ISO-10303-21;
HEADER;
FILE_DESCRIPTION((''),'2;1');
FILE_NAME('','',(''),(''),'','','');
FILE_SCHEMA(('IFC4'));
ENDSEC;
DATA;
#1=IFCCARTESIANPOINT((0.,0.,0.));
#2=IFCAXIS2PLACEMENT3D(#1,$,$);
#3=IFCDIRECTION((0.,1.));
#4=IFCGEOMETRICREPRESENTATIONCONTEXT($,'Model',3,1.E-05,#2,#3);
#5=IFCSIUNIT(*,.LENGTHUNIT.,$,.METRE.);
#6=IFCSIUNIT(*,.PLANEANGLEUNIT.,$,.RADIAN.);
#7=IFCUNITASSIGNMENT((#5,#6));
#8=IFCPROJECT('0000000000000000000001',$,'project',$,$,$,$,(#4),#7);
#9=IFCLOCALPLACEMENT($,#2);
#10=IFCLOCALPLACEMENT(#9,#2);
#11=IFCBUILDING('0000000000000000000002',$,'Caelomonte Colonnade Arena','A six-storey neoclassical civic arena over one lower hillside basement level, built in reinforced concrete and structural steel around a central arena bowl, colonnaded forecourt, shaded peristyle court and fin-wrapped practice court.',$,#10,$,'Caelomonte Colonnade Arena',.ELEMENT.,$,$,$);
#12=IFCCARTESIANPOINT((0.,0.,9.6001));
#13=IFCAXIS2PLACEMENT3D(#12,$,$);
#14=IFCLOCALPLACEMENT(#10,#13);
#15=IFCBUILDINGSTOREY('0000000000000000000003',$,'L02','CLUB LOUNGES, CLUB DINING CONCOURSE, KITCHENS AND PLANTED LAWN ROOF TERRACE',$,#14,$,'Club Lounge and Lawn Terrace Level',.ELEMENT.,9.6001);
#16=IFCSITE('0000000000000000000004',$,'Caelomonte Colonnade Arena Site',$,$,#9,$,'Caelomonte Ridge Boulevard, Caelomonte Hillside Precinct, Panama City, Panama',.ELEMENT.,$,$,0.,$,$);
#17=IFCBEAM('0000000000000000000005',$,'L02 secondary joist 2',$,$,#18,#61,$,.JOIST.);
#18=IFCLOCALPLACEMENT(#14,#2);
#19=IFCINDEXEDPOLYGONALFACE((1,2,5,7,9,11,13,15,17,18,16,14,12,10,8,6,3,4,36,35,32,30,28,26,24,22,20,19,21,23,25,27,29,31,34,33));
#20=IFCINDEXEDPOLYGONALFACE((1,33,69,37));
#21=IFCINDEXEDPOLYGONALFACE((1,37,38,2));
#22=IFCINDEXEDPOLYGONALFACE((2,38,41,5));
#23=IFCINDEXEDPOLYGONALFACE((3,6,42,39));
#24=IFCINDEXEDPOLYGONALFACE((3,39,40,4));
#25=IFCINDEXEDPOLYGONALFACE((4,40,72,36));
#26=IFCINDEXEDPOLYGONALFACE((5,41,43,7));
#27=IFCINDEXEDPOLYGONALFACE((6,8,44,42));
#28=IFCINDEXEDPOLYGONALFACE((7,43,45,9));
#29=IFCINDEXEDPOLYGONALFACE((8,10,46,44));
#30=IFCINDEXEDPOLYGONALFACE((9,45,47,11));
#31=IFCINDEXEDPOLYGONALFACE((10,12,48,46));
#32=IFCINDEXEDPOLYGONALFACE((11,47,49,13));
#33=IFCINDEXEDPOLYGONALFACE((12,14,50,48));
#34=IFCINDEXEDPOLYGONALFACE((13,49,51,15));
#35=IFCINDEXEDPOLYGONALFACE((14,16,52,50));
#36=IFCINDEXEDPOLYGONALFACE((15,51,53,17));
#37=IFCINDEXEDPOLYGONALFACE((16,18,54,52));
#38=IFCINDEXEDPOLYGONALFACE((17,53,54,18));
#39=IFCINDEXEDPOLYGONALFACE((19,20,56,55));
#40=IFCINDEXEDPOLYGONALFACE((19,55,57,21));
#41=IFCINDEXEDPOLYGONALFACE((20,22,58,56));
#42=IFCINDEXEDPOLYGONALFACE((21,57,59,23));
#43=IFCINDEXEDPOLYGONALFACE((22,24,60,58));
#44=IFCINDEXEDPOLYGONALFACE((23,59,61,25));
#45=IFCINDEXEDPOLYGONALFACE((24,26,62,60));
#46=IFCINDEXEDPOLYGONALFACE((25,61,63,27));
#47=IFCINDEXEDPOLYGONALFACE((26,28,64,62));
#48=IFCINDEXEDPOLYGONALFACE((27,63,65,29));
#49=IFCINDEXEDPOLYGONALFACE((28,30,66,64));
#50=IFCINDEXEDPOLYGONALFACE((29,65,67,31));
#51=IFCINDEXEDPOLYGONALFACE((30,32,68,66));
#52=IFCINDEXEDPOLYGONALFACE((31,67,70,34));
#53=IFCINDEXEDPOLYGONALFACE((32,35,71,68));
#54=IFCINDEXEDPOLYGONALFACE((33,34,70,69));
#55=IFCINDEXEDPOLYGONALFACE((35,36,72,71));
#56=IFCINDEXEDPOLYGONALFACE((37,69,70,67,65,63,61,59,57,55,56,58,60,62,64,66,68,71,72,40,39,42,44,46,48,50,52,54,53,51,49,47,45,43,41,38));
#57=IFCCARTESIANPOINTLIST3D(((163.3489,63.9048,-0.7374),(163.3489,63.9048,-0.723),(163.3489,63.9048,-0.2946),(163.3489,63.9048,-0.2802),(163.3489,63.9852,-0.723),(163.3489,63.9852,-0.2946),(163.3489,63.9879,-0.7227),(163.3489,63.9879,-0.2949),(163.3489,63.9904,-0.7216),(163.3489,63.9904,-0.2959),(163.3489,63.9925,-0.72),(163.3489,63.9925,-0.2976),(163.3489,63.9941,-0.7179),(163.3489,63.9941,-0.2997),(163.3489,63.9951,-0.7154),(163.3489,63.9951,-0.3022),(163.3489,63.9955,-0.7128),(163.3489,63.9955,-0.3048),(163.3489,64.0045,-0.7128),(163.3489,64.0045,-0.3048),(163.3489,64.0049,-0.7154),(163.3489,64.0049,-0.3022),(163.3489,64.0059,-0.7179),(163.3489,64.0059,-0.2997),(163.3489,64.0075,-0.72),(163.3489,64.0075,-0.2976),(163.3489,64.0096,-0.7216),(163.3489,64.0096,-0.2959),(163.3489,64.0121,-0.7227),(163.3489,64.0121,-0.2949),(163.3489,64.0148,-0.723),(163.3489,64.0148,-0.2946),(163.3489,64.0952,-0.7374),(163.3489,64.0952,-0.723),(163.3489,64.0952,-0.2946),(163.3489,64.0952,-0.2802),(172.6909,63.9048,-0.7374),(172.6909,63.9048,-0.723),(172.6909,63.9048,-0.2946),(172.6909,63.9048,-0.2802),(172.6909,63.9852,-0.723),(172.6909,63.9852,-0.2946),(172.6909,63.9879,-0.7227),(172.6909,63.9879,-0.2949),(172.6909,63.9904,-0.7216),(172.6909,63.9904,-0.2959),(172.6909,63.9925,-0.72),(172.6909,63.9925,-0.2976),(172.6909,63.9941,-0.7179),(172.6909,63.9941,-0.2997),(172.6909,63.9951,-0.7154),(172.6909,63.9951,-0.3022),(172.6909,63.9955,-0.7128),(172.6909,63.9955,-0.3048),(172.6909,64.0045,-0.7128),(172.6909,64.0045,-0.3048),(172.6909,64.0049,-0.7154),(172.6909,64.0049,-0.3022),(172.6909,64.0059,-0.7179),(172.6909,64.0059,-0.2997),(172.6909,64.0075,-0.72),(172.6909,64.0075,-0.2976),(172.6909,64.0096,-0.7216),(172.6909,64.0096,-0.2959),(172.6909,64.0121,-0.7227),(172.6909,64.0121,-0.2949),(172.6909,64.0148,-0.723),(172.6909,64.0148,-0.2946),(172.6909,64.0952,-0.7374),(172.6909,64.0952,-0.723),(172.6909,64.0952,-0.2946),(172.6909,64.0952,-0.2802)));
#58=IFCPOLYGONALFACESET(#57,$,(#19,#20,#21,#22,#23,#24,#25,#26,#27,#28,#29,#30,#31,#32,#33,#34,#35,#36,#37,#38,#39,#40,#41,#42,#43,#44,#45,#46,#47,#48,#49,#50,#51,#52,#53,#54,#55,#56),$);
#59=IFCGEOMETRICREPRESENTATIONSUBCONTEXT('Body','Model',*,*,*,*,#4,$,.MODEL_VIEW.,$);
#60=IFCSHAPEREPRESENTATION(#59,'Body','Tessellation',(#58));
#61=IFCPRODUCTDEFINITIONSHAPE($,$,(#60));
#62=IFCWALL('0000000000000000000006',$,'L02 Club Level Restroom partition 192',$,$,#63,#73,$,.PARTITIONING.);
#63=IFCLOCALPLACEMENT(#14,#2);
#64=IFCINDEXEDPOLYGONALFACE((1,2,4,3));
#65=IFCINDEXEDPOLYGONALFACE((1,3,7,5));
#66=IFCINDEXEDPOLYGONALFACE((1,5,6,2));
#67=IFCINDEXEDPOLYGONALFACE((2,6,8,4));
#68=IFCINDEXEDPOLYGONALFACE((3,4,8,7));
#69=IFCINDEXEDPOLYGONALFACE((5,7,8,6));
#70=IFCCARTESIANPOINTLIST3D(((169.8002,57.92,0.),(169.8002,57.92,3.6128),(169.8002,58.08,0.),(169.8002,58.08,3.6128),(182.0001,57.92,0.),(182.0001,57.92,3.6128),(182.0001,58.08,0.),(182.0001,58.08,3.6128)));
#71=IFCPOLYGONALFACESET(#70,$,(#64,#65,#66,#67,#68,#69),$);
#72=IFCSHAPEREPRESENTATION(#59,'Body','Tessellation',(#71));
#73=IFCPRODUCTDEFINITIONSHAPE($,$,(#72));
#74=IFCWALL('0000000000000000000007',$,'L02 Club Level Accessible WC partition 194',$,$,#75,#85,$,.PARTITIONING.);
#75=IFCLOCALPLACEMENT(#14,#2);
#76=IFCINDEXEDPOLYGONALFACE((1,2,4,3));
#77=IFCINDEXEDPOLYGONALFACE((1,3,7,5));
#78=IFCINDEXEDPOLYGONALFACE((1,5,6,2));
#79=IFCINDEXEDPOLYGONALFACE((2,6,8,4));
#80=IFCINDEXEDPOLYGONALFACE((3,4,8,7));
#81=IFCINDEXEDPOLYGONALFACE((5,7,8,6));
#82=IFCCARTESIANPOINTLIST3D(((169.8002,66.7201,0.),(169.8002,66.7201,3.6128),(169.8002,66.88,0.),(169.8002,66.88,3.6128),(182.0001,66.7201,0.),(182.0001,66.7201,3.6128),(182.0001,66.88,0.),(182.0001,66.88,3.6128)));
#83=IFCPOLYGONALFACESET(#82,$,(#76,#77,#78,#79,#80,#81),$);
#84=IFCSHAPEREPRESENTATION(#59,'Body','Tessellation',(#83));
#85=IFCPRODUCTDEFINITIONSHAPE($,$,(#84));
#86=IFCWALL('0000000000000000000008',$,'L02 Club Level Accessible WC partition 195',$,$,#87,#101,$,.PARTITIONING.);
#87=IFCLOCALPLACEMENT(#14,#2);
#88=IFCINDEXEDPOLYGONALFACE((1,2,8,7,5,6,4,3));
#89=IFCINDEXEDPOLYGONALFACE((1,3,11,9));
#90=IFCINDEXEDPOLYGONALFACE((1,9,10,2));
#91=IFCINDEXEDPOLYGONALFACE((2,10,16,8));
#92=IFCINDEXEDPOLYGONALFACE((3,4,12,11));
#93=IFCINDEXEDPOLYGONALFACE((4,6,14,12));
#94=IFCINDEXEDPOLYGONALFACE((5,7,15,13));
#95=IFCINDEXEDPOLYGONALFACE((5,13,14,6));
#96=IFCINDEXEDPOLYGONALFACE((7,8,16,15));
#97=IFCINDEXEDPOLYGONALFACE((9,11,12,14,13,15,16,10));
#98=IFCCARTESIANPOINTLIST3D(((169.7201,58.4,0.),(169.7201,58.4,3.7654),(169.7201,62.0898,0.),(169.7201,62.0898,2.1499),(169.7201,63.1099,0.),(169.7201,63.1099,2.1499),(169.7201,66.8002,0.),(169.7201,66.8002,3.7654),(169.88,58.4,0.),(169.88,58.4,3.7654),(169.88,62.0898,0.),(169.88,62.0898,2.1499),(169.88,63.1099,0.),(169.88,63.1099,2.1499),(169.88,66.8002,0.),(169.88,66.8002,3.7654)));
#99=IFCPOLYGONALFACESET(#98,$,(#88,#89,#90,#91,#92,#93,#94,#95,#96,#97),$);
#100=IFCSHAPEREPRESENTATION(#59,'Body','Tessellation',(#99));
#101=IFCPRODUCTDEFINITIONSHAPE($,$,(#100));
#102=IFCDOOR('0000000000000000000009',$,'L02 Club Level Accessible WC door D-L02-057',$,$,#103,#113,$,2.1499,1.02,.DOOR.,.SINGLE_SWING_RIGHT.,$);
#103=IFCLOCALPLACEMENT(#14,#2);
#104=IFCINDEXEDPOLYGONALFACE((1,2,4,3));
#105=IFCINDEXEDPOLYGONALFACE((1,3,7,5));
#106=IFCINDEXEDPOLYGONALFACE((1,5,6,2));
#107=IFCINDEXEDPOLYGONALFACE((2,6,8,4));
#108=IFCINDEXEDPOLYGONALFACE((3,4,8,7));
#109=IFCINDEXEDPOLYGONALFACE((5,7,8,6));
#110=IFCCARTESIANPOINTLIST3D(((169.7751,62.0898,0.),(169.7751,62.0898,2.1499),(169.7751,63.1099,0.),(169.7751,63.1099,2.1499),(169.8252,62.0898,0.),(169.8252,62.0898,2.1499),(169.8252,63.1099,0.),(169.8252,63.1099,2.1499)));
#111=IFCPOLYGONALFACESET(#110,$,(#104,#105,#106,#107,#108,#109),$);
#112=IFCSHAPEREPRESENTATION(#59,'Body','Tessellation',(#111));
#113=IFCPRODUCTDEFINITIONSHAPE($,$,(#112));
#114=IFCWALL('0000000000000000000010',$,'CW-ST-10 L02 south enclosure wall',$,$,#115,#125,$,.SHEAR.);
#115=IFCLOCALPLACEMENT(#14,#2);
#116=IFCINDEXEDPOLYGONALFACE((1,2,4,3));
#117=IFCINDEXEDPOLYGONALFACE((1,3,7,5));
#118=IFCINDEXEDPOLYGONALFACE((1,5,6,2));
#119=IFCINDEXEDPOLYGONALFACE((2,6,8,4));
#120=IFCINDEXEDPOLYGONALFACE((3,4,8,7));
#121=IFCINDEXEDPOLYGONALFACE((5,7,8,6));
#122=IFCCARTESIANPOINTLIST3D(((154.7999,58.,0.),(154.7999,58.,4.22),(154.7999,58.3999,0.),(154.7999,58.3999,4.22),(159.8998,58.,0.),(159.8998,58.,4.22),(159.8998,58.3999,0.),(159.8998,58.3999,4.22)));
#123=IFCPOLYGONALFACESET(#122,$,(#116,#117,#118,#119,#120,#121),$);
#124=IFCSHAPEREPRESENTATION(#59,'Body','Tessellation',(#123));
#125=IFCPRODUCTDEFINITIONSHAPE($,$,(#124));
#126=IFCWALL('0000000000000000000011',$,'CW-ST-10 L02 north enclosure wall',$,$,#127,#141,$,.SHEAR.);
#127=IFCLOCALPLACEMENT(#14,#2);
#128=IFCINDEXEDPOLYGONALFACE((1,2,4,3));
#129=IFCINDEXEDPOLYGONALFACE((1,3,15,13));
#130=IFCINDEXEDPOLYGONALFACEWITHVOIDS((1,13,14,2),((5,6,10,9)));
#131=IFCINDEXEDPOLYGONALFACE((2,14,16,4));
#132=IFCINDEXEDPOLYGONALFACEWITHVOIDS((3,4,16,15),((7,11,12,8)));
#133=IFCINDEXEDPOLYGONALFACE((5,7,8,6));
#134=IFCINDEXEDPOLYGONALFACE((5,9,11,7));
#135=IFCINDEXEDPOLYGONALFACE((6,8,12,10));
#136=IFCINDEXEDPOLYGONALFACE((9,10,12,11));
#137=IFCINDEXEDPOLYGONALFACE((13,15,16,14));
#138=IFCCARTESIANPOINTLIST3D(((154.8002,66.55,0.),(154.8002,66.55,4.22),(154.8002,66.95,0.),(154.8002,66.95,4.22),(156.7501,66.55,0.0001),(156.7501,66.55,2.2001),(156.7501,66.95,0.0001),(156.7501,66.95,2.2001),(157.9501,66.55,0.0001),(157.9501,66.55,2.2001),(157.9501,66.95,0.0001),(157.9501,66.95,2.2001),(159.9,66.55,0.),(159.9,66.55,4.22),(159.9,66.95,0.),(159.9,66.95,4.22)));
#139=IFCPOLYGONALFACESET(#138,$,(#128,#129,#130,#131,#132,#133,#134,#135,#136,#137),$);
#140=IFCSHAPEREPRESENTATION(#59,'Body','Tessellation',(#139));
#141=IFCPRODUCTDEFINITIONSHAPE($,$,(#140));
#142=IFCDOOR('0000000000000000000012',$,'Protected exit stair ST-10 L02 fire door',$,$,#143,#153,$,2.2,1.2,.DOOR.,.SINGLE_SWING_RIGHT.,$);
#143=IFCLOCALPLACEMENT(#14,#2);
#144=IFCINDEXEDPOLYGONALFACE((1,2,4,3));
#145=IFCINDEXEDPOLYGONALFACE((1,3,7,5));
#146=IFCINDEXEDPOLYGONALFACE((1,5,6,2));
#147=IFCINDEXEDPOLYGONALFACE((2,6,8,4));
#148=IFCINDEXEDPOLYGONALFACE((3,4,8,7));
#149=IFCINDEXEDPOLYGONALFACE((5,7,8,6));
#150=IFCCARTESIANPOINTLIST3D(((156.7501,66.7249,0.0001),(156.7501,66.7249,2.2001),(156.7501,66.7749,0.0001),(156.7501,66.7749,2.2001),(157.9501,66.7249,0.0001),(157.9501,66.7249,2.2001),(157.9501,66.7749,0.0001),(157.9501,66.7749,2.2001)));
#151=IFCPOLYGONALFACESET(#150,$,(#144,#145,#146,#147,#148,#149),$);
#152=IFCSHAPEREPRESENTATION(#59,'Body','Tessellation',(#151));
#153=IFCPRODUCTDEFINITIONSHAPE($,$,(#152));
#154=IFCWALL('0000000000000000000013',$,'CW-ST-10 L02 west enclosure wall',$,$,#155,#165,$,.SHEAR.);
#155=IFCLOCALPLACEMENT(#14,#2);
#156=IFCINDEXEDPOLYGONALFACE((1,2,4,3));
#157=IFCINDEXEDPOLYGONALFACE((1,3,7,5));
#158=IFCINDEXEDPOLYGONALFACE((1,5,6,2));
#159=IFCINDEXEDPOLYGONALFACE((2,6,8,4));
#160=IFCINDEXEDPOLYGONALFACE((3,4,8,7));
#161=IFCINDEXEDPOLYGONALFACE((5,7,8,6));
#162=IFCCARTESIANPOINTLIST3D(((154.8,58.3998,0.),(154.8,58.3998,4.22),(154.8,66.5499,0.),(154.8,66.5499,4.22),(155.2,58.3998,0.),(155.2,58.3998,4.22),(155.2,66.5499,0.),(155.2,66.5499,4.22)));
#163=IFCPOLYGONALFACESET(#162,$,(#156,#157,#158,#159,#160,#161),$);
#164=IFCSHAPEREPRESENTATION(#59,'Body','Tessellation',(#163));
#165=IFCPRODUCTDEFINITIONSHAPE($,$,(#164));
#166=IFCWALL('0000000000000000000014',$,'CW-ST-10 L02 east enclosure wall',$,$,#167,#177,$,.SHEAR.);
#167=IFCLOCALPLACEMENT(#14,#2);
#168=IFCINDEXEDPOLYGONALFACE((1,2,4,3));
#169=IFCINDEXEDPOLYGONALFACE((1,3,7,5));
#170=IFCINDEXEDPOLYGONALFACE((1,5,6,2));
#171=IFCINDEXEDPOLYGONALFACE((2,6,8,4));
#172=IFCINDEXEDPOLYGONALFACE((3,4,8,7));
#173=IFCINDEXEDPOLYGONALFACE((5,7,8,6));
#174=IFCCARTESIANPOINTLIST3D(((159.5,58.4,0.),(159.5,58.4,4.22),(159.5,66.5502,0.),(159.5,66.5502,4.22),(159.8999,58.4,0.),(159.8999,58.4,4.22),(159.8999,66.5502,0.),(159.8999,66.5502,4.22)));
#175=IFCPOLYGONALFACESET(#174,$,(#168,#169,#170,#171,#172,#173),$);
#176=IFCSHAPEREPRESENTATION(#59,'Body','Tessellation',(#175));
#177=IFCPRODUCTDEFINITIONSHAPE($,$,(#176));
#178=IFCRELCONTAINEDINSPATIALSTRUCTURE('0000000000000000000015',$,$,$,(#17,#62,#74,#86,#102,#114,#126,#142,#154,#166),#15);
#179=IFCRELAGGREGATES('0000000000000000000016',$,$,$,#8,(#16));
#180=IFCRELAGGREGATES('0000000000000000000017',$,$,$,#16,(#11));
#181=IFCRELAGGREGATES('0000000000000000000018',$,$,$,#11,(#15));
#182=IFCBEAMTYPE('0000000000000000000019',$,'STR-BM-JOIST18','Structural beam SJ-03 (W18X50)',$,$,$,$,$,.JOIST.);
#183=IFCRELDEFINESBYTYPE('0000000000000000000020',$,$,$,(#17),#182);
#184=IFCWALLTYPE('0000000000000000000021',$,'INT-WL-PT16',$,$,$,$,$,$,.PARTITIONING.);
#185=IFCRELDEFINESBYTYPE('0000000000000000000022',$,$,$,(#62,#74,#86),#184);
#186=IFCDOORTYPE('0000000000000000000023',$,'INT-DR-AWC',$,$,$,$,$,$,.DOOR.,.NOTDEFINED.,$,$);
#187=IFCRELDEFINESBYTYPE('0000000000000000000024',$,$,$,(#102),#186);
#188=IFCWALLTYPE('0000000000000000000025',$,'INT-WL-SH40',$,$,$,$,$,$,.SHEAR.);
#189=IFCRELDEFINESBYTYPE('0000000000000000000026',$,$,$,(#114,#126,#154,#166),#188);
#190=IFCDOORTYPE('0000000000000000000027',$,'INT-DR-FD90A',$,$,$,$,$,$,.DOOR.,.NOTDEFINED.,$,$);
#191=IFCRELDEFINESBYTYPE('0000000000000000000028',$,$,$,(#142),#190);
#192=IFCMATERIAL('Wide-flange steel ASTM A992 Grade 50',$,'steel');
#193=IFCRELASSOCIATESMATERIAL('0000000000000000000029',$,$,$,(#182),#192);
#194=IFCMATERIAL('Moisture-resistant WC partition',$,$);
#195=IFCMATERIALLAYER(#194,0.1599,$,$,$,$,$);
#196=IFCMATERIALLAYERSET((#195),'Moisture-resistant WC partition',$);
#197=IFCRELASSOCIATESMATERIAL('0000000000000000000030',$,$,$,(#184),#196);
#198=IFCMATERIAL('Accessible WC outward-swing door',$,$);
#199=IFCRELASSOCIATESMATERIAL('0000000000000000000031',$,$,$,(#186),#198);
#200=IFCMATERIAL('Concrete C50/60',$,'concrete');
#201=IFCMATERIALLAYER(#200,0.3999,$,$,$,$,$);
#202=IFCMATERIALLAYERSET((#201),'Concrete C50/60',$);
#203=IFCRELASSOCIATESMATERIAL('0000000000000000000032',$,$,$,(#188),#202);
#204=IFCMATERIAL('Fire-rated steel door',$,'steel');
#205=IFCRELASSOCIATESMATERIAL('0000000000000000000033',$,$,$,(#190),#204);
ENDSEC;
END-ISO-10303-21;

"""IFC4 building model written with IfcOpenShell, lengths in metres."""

from ifc_helpers import new_model, si_unit, direction, frame, frame_2d, origin, origin_2d, place, context, subcontext, project, spatial, rectangle, i_section, extrude, material, layer, layer_set, material_profile, profile_set, type_object, element, fill, save


model = new_model("IFC4")

# Units and contexts
model_context = context("Model", 3, precision=1e-05, world=origin(), true_north=direction((0.0, 1.0)))
body_context = subcontext(model_context, "Body", "Model", "MODEL_VIEW")
ifc_project = project(units=[si_unit("LENGTHUNIT", "METRE"), si_unit("PLANEANGLEUNIT", "RADIAN")], contexts=[model_context])

# Site, building, storey
site_placement = place(None, origin())
site = spatial("IfcSite", under=ifc_project, at=site_placement, Name="Caelomonte Colonnade Arena Site", LongName="Caelomonte Ridge Boulevard, Caelomonte Hillside Precinct, Panama City, Panama", CompositionType="ELEMENT", RefElevation=0.0)
building_placement = place(site_placement, origin())
building = spatial("IfcBuilding", under=site, at=building_placement, Name="Caelomonte Colonnade Arena", Description="A six-storey neoclassical civic arena over one lower hillside basement level, built in reinforced concrete and structural steel around a central arena bowl, colonnaded forecourt, shaded peristyle court and fin-wrapped practice court.", LongName="Caelomonte Colonnade Arena", CompositionType="ELEMENT")
storey_placement = place(building_placement, frame((0.0, 0.0, 9.6001)))
storey = spatial("IfcBuildingStorey", under=building, at=storey_placement, Name="L02", Description="CLUB LOUNGES, CLUB DINING CONCOURSE, KITCHENS AND PLANTED LAWN ROOF TERRACE", LongName="Club Lounge and Lawn Terrace Level", CompositionType="ELEMENT", Elevation=9.6001)

# Shared definitions
ifc_material_1 = material(Name="Concrete C50/60", Category="concrete")
ifc_material_2 = material(Name="Wide-flange steel ASTM A992 Grade 50", Category="steel")

# Beam
ifc_material_profile_1 = material_profile(ifc_material_2, i_section(OverallWidth=0.1904, OverallDepth=0.4573, WebThickness=0.009, FlangeThickness=0.0144, FilletRadius=0.0103, at=origin_2d()), Name="W18X50")
ifc_profile_set_1 = profile_set([ifc_material_profile_1], Name="Wide-flange steel ASTM A992 Grade 50")
beam_type_1 = type_object("IfcBeamType", Name="STR-BM-JOIST18", Description="Structural beam SJ-03 (W18X50)", PredefinedType="JOIST", material=ifc_profile_set_1)
for number, where, z_axis, x_axis, name in (
    (1, (163.3489, 64.0, -0.5088), (1.0, 0.0, 0.0), (0.0, 1.0, 0.0), "L02 secondary joist 2"),
):
    element("IfcBeam", number, at=place(storey_placement, frame(where, z_axis=z_axis, x_axis=x_axis)), inside=storey, type_object=beam_type_1, Name=name, PredefinedType="JOIST", context=body_context, shape_type="SweptSolid", body=[
        extrude(i_section(OverallWidth=0.1904, OverallDepth=0.4573, WebThickness=0.009, FlangeThickness=0.0144, FilletRadius=0.0103, at=origin_2d()), origin(), (0.0, 0.0, 1.0), 9.342),
    ])

# Walls
ifc_material_3 = material(Name="Moisture-resistant WC partition")
ifc_layer_1 = layer(ifc_material_3, 0.1599)
ifc_layer_set_1 = layer_set([ifc_layer_1], Name="Moisture-resistant WC partition")
wall_type_1 = type_object("IfcWallType", Name="INT-WL-PT16", PredefinedType="PARTITIONING", material=ifc_layer_set_1)
for number, where, z_axis, x_axis, name in (
    (2, (169.8, 58.0, 0.0), (0.0, 0.0, 1.0), (1.0, 0.0, 0.0), "L02 Club Level Restroom partition 192"),
    (3, (169.8, 66.8, 0.0), (0.0, 0.0, 1.0), (1.0, 0.0, 0.0), "L02 Club Level Accessible WC partition 194"),
):
    element("IfcWall", number, at=place(storey_placement, frame(where, z_axis=z_axis, x_axis=x_axis)), inside=storey, type_object=wall_type_1, Name=name, PredefinedType="PARTITIONING", context=body_context, shape_type="SweptSolid", body=[
        extrude(rectangle(XDim=12.2, YDim=0.1599, at=frame_2d((6.1001, 0.0))), origin(), (0.0, 0.0, 1.0), 3.6128),
    ])

# Wall, opening, door
wall_1_placement = place(storey_placement, frame((169.8, 58.3999, 0.0), z_axis=(0.0, 0.0, 1.0), x_axis=(0.0, 1.0, 0.0)))
wall_1 = element("IfcWall", 4, at=wall_1_placement, inside=storey, type_object=wall_type_1, Name="L02 Club Level Accessible WC partition 195", PredefinedType="PARTITIONING", context=body_context, shape_type="SweptSolid", body=[
    extrude(rectangle(XDim=8.4001, YDim=0.1599, at=frame_2d((4.2002, 0.0))), origin(), (0.0, 0.0, 1.0), 3.7654),
])
opening_1_placement = place(wall_1_placement, frame((3.6899, 0.0, 0.0), z_axis=(0.0, 0.0, 1.0), x_axis=(1.0, 0.0, 0.0)))
opening_1 = element("IfcOpeningElement", 5, at=opening_1_placement, cuts=wall_1, PredefinedType="OPENING", context=body_context, shape_type="SweptSolid", body=[
    extrude(rectangle(XDim=1.02, YDim=2.1499, at=frame_2d((0.51, 1.075))), frame((0.0, 0.0898, 0.0), z_axis=(0.0, -1.0, 0.0), x_axis=(1.0, 0.0, 0.0)), (0.0, 0.0, 1.0), 0.1799),
])
ifc_material_4 = material(Name="Accessible WC outward-swing door")
door_type_1 = type_object("IfcDoorType", Name="INT-DR-AWC", OperationType="NOTDEFINED", PredefinedType="DOOR", material=ifc_material_4)
door_1_placement = place(opening_1_placement, origin())
door_1 = element("IfcDoor", 6, at=door_1_placement, inside=storey, type_object=door_type_1, Name="L02 Club Level Accessible WC door D-L02-057", OperationType="SINGLE_SWING_RIGHT", OverallHeight=2.1499, OverallWidth=1.02, PredefinedType="DOOR", context=body_context, shape_type="SweptSolid", body=[
    extrude(rectangle(XDim=1.02, YDim=2.1499, at=frame_2d((0.51, 1.075))), frame((0.0, 0.0249, 0.0), z_axis=(0.0, -1.0, 0.0), x_axis=(1.0, 0.0, 0.0)), (0.0, 0.0, 1.0), 0.05),
])
fill(opening_1, door_1)

# Wall
ifc_layer_2 = layer(ifc_material_1, 0.3999)
ifc_layer_set_2 = layer_set([ifc_layer_2], Name="Concrete C50/60")
wall_type_2 = type_object("IfcWallType", Name="INT-WL-SH40", PredefinedType="SHEAR", material=ifc_layer_set_2)
wall_2_placement = place(storey_placement, frame((154.8, 58.2, 0.0), z_axis=(0.0, 0.0, 1.0), x_axis=(1.0, 0.0, 0.0)))
element("IfcWall", 7, at=wall_2_placement, inside=storey, type_object=wall_type_2, Name="CW-ST-10 L02 south enclosure wall", PredefinedType="SHEAR", context=body_context, shape_type="SweptSolid", body=[
    extrude(rectangle(XDim=5.0999, YDim=0.3999, at=frame_2d((2.5498, 0.0))), origin(), (0.0, 0.0, 1.0), 4.22),
])

# Wall, opening, door
wall_3_placement = place(storey_placement, frame((159.8999, 66.75, 0.0), z_axis=(0.0, 0.0, 1.0), x_axis=(-1.0, 0.0, 0.0)))
wall_3 = element("IfcWall", 8, at=wall_3_placement, inside=storey, type_object=wall_type_2, Name="CW-ST-10 L02 north enclosure wall", PredefinedType="SHEAR", context=body_context, shape_type="SweptSolid", body=[
    extrude(rectangle(XDim=5.0999, YDim=0.3999, at=frame_2d((2.5498, 0.0))), origin(), (0.0, 0.0, 1.0), 4.22),
])
opening_2_placement = place(wall_3_placement, frame((3.1499, 0.0, 0.0), z_axis=(0.0, 0.0, 1.0), x_axis=(-1.0, 0.0, 0.0)))
opening_2 = element("IfcOpeningElement", 9, at=opening_2_placement, cuts=wall_3, PredefinedType="OPENING", context=body_context, shape_type="SweptSolid", body=[
    extrude(rectangle(XDim=1.2, YDim=2.2, at=frame_2d((0.6001, 1.1001))), frame((0.0, 0.21, 0.0), z_axis=(0.0, -1.0, 0.0), x_axis=(1.0, 0.0, 0.0)), (0.0, 0.0, 1.0), 0.4199),
])
ifc_material_5 = material(Name="Fire-rated steel door", Category="steel")
door_type_2 = type_object("IfcDoorType", Name="INT-DR-FD90A", OperationType="NOTDEFINED", PredefinedType="DOOR", material=ifc_material_5)
door_2_placement = place(opening_2_placement, origin())
door_2 = element("IfcDoor", 10, at=door_2_placement, inside=storey, type_object=door_type_2, Name="Protected exit stair ST-10 L02 fire door", OperationType="SINGLE_SWING_RIGHT", OverallHeight=2.2, OverallWidth=1.2, PredefinedType="DOOR", context=body_context, shape_type="SweptSolid", body=[
    extrude(rectangle(XDim=1.2, YDim=2.2, at=frame_2d((0.6001, 1.1001))), frame((0.0, 0.0249, 0.0), z_axis=(0.0, -1.0, 0.0), x_axis=(1.0, 0.0, 0.0)), (0.0, 0.0, 1.0), 0.05),
])
fill(opening_2, door_2)

# Walls
for number, where, z_axis, x_axis, name in (
    (11, (155.0, 66.55, 0.0), (0.0, 0.0, 1.0), (0.0, -1.0, 0.0), "CW-ST-10 L02 west enclosure wall"),
    (12, (159.7, 58.3999, 0.0), (0.0, 0.0, 1.0), (0.0, 1.0, 0.0), "CW-ST-10 L02 east enclosure wall"),
):
    element("IfcWall", number, at=place(storey_placement, frame(where, z_axis=z_axis, x_axis=x_axis)), inside=storey, type_object=wall_type_2, Name=name, PredefinedType="SHEAR", context=body_context, shape_type="SweptSolid", body=[
        extrude(rectangle(XDim=8.1501, YDim=0.3999, at=frame_2d((4.0752, 0.0))), origin(), (0.0, 0.0, 1.0), 4.22),
    ])

save(model, "model.ifc")
